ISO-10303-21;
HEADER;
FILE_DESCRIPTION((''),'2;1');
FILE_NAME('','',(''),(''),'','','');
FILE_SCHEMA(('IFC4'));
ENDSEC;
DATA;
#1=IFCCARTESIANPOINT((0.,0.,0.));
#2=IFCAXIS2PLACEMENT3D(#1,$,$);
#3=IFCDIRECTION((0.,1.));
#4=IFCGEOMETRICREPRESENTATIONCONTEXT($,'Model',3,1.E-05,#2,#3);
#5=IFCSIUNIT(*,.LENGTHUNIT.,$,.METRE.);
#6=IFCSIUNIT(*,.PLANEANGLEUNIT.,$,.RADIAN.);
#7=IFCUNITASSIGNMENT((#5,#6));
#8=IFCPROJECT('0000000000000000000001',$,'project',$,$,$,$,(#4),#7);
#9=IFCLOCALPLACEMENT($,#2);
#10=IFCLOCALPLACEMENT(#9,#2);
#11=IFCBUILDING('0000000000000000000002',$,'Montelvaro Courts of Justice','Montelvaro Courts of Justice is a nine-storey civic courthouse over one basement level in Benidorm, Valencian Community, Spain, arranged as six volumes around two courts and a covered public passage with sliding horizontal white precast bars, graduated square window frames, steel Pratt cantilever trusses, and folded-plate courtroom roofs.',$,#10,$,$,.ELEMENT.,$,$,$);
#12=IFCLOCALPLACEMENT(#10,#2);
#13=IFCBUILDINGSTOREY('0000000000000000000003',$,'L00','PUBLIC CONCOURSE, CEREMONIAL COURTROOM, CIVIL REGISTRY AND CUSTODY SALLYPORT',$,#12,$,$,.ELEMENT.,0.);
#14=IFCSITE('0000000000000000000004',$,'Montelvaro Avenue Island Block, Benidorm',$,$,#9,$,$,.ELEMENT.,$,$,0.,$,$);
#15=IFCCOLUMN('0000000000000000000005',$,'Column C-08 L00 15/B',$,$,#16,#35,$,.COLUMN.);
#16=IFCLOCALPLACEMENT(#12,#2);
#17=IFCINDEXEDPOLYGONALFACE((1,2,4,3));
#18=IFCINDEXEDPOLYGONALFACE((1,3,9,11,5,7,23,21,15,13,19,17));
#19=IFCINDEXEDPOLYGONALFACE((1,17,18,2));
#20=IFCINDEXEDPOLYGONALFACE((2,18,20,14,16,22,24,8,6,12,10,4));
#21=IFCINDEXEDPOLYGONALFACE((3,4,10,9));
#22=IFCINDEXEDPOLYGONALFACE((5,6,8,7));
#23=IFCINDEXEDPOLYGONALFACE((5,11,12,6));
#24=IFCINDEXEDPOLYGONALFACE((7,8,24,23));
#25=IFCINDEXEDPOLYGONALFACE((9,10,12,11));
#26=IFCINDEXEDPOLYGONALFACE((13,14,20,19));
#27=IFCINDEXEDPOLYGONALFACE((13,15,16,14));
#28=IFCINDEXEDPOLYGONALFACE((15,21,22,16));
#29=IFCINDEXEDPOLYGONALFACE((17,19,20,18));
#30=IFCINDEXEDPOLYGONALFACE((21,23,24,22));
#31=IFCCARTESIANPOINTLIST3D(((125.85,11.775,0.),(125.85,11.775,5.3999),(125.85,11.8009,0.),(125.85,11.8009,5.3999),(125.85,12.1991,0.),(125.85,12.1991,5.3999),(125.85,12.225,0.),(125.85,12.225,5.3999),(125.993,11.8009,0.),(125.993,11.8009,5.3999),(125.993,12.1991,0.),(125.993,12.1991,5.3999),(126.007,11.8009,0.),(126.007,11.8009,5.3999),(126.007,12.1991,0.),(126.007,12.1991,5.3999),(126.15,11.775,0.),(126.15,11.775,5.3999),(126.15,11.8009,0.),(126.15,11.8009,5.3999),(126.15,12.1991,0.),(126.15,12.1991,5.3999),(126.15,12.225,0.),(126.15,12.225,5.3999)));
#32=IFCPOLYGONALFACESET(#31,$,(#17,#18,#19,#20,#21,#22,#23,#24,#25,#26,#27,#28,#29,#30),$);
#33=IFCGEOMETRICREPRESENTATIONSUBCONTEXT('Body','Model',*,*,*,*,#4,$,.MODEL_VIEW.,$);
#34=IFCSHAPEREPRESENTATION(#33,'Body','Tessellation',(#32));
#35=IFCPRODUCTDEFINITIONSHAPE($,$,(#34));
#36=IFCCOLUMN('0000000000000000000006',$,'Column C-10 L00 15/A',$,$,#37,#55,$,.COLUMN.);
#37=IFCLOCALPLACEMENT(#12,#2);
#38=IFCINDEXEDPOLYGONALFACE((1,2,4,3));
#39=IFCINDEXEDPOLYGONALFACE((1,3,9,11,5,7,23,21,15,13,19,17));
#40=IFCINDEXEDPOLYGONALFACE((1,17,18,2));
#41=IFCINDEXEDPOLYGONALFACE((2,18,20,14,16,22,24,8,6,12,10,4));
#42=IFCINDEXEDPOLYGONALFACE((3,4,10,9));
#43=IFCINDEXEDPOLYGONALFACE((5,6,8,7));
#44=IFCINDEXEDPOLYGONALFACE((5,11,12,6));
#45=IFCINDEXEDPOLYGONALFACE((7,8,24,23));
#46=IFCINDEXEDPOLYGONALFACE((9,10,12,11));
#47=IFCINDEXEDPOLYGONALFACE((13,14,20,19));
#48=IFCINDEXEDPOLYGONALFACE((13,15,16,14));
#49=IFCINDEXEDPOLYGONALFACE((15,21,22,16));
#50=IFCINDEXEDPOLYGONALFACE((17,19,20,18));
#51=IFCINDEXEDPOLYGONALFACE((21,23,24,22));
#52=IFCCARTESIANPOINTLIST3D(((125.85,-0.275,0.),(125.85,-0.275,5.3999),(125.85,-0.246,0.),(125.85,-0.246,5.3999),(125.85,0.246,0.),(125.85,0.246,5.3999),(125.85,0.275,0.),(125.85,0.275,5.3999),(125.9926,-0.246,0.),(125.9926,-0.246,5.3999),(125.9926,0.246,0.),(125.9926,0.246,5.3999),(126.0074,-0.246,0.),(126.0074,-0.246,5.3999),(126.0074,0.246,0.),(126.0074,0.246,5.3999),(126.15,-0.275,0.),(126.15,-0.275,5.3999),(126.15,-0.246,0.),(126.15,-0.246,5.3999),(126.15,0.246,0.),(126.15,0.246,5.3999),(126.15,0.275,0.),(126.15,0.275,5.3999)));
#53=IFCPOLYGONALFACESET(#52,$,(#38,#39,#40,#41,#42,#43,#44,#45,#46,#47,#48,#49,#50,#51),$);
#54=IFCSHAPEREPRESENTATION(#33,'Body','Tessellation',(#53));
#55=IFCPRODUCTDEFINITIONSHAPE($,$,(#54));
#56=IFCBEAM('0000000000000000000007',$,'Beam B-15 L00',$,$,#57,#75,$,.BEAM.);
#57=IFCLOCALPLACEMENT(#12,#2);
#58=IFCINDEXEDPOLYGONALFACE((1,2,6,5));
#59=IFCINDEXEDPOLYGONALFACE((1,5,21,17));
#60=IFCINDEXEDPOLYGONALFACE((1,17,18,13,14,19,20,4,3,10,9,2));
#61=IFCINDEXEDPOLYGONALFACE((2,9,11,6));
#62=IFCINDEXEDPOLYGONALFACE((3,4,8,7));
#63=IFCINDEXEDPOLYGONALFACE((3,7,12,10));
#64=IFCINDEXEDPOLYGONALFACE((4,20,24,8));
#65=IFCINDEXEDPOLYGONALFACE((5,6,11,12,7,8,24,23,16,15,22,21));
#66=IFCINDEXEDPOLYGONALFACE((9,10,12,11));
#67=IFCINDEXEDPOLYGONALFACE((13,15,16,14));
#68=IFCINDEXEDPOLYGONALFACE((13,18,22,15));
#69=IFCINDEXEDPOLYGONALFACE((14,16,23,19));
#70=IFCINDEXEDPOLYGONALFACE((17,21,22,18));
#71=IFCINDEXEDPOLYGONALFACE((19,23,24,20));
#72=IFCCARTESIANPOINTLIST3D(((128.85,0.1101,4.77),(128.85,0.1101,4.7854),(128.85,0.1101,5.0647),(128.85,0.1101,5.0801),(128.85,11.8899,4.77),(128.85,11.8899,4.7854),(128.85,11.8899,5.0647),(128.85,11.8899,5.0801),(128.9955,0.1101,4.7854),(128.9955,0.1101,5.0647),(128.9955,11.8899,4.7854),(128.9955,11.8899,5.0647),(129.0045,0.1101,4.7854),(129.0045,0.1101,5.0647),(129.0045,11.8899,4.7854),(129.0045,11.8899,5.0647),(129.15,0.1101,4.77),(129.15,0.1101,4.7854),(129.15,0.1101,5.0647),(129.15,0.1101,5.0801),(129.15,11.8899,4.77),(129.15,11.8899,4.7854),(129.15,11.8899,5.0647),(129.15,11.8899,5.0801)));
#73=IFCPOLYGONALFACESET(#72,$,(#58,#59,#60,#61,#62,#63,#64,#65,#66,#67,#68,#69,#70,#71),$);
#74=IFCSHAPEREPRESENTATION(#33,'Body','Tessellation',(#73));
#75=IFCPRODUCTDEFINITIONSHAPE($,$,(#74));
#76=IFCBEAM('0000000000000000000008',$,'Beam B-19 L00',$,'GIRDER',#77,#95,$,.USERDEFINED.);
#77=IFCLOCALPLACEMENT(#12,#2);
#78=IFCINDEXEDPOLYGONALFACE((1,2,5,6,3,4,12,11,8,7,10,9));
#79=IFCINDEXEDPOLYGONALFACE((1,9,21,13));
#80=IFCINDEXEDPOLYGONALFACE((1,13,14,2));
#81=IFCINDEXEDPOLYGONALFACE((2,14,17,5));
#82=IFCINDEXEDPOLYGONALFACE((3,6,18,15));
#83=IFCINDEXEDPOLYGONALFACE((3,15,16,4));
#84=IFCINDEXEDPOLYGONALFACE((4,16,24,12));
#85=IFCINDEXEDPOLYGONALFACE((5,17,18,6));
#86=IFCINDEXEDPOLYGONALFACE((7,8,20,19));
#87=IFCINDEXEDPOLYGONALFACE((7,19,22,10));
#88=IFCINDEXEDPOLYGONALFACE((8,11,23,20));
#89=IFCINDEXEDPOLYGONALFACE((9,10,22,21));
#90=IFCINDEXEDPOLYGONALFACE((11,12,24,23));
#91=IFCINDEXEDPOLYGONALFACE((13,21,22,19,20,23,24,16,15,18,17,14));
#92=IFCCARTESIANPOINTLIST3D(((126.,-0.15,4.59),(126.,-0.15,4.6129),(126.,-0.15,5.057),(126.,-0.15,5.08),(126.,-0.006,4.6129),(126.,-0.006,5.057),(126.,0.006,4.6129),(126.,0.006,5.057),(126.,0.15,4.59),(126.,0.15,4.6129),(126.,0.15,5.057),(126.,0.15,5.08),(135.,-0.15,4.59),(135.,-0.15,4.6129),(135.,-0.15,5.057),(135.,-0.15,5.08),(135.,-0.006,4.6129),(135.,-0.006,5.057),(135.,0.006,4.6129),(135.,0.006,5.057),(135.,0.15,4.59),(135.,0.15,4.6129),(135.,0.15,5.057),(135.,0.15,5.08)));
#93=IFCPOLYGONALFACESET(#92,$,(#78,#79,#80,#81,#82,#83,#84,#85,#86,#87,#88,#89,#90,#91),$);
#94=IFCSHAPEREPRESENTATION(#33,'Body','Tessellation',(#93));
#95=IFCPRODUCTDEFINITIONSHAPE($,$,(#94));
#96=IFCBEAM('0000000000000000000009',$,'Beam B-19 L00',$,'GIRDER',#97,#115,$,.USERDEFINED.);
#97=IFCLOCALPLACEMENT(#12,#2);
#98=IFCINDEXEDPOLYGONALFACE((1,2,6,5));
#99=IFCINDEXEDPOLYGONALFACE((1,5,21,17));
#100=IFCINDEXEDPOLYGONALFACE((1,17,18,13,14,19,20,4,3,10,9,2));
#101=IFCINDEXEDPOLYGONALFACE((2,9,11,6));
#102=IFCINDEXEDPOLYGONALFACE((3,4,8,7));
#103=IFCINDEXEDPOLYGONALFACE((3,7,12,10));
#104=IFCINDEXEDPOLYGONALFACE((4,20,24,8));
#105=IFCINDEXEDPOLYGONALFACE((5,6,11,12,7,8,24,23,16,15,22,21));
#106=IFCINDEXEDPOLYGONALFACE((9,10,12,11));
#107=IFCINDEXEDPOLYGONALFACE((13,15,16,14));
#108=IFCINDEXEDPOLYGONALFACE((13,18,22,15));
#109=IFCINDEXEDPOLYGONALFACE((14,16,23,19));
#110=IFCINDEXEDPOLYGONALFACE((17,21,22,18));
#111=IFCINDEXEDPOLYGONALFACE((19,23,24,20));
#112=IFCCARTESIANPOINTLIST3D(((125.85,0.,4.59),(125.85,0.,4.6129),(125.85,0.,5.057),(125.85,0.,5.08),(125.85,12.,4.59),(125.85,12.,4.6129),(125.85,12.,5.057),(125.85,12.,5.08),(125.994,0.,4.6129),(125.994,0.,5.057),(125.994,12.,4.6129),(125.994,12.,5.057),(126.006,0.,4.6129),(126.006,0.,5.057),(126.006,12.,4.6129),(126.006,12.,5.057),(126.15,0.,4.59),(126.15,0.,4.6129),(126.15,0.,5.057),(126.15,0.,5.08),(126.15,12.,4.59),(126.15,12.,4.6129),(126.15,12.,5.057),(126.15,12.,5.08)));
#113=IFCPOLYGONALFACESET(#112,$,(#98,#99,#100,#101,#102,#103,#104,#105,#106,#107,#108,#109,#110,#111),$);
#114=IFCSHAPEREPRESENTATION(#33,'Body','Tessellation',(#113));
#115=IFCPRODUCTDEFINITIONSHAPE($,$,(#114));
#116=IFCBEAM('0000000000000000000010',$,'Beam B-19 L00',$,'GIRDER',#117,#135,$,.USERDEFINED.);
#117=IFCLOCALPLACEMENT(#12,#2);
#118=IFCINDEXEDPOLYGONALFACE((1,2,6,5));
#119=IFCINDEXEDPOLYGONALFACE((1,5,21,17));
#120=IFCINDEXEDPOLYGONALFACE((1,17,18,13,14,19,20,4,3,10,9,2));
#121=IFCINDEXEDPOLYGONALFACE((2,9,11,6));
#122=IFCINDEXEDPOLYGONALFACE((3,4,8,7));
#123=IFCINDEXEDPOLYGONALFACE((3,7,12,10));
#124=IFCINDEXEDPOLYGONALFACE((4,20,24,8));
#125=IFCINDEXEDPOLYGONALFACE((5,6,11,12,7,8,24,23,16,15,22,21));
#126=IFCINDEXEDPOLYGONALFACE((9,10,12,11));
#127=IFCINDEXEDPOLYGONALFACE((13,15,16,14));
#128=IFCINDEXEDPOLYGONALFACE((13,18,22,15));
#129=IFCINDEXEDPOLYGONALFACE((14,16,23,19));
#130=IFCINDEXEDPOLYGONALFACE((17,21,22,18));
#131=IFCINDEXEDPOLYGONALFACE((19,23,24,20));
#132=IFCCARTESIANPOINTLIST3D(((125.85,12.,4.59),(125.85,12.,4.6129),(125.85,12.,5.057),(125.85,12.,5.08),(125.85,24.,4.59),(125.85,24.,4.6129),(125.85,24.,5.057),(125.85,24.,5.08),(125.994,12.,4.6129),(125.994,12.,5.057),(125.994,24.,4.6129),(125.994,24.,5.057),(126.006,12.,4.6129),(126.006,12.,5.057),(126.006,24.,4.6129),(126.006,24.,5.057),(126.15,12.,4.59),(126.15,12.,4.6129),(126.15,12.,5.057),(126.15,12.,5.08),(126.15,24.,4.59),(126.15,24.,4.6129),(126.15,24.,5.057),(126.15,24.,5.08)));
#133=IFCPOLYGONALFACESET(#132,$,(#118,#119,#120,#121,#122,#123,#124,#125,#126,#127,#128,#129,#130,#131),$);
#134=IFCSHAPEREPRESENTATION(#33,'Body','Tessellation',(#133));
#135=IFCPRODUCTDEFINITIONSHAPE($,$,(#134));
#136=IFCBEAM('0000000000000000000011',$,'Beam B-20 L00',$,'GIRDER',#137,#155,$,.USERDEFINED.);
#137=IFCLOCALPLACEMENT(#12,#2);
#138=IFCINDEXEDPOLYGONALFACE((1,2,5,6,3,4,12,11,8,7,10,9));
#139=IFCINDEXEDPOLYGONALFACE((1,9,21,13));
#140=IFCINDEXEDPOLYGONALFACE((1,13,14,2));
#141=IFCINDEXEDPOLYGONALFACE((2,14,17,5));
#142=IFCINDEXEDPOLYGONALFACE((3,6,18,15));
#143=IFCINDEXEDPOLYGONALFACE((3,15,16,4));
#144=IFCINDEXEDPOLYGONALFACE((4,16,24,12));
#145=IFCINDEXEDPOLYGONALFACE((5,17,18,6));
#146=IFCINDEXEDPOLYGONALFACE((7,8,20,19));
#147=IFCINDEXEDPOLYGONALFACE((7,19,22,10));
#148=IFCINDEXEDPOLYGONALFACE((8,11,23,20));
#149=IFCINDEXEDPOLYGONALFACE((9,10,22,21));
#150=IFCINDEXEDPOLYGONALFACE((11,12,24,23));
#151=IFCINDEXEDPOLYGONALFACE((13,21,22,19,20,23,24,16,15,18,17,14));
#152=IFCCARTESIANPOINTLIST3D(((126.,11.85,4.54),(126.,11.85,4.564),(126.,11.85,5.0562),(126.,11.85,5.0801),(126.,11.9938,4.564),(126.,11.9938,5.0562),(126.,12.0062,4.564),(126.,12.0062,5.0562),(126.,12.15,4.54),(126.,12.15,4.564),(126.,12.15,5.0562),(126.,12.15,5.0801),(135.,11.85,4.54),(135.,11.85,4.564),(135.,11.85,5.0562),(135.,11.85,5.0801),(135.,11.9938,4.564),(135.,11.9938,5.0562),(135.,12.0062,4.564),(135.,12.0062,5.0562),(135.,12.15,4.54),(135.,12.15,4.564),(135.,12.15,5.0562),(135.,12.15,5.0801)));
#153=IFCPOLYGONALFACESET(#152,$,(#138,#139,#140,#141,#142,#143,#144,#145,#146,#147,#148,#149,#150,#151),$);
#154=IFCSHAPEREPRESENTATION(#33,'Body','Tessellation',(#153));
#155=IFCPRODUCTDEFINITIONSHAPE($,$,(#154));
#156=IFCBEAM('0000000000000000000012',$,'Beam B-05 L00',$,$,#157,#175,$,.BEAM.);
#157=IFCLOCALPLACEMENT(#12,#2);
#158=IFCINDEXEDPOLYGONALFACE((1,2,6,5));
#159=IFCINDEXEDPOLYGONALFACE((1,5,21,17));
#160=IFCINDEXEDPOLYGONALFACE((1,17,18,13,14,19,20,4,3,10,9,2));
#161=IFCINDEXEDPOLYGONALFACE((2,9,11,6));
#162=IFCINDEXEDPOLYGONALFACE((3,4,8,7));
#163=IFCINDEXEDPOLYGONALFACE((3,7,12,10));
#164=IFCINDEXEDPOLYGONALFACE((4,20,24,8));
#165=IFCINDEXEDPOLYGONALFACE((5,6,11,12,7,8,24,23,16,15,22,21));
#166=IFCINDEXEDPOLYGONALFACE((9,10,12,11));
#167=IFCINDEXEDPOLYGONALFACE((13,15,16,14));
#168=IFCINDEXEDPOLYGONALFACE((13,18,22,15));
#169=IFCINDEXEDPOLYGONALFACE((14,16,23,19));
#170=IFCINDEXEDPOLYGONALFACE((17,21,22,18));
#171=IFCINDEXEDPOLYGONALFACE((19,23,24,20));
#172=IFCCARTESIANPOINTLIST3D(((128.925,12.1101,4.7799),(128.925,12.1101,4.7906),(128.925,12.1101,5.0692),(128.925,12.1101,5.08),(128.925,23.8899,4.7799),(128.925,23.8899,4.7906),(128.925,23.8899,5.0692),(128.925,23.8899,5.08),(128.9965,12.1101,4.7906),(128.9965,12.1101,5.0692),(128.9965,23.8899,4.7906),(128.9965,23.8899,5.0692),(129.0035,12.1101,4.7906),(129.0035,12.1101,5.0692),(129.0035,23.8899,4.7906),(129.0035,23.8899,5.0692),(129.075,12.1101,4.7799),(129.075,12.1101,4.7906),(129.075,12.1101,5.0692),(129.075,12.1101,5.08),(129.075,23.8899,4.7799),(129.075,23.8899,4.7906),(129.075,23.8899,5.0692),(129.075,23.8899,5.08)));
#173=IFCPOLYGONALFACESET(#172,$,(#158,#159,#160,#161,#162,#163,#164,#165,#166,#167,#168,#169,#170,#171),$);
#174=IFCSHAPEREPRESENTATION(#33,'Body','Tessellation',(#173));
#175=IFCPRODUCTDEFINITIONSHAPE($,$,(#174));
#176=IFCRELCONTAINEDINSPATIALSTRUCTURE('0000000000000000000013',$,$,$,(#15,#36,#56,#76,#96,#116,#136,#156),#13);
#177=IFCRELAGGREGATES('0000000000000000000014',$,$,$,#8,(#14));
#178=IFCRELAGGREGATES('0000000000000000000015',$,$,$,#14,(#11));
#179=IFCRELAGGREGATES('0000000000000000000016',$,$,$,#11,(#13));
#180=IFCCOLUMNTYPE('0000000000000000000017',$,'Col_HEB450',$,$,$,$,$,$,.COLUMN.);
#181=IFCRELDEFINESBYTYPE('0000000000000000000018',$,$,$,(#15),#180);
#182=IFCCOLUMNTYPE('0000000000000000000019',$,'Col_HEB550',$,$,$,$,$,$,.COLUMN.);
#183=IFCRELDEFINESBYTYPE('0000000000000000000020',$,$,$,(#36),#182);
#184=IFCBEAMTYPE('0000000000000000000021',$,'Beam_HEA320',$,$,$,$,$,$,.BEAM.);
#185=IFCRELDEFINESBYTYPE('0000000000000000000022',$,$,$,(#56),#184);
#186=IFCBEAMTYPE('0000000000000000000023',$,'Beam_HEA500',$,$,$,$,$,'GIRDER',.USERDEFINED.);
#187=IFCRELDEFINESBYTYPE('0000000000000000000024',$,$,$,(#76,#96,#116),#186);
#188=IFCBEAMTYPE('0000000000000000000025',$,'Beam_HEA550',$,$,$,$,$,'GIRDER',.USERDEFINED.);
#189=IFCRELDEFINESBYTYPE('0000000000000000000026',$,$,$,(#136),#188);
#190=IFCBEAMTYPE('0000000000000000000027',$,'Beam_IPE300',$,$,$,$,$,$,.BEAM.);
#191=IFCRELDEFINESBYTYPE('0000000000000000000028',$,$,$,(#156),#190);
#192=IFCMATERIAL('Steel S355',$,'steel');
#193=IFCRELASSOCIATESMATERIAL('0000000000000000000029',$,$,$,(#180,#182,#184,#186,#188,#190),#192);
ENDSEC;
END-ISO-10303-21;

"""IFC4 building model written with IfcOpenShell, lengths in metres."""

from ifc_helpers import new_model, si_unit, direction, frame, origin, origin_2d, place, context, subcontext, project, spatial, i_section, extrude, material, material_profile, profile_set, type_object, element, save


model = new_model("IFC4")

# Units and contexts
model_context = context("Model", 3, precision=1e-05, world=origin(), true_north=direction((0.0, 1.0)))
body_context = subcontext(model_context, "Body", "Model", "MODEL_VIEW")
ifc_project = project(units=[si_unit("LENGTHUNIT", "METRE"), si_unit("PLANEANGLEUNIT", "RADIAN")], contexts=[model_context])

# Site, building, storey
site_placement = place(None, origin())
site = spatial("IfcSite", under=ifc_project, at=site_placement, Name="Montelvaro Avenue Island Block, Benidorm", CompositionType="ELEMENT", RefElevation=0.0)
building_placement = place(site_placement, origin())
building = spatial("IfcBuilding", under=site, at=building_placement, Name="Montelvaro Courts of Justice", Description="Montelvaro Courts of Justice is a nine-storey civic courthouse over one basement level in Benidorm, Valencian Community, Spain, arranged as six volumes around two courts and a covered public passage with sliding horizontal white precast bars, graduated square window frames, steel Pratt cantilever trusses, and folded-plate courtroom roofs.", CompositionType="ELEMENT")
storey_placement = place(building_placement, origin())
storey = spatial("IfcBuildingStorey", under=building, at=storey_placement, Name="L00", Description="PUBLIC CONCOURSE, CEREMONIAL COURTROOM, CIVIL REGISTRY AND CUSTODY SALLYPORT", CompositionType="ELEMENT", Elevation=0.0)

# Columns
ifc_material_1 = material(Name="Steel S355", Category="steel")
ifc_material_profile_1 = material_profile(ifc_material_1, i_section(OverallWidth=0.3, OverallDepth=0.45, WebThickness=0.0139, FlangeThickness=0.0259, at=origin_2d()), Name="HEB 450")
ifc_profile_set_1 = profile_set([ifc_material_profile_1], Name="Steel S355")
column_type_1 = type_object("IfcColumnType", Name="Col_HEB450", PredefinedType="COLUMN", material=ifc_profile_set_1)
column_1_placement = place(storey_placement, frame((126.0, 12.0, 0.0), z_axis=(0.0, 0.0, 1.0), x_axis=(1.0, 0.0, 0.0)))
element("IfcColumn", 1, at=column_1_placement, inside=storey, type_object=column_type_1, Name="Column C-08 L00 15/B", PredefinedType="COLUMN", context=body_context, shape_type="SweptSolid", body=[
    extrude(i_section(OverallWidth=0.3, OverallDepth=0.45, WebThickness=0.0139, FlangeThickness=0.0259, at=origin_2d()), origin(), (0.0, 0.0, 1.0), 5.3999),
])
ifc_material_profile_2 = material_profile(ifc_material_1, i_section(OverallWidth=0.3, OverallDepth=0.55, WebThickness=0.0149, FlangeThickness=0.0291, at=origin_2d()), Name="HEB 550")
ifc_profile_set_2 = profile_set([ifc_material_profile_2], Name="Steel S355")
column_type_2 = type_object("IfcColumnType", Name="Col_HEB550", PredefinedType="COLUMN", material=ifc_profile_set_2)
column_2_placement = place(storey_placement, frame((126.0, 0.0, 0.0), z_axis=(0.0, 0.0, 1.0), x_axis=(1.0, 0.0, 0.0)))
element("IfcColumn", 2, at=column_2_placement, inside=storey, type_object=column_type_2, Name="Column C-10 L00 15/A", PredefinedType="COLUMN", context=body_context, shape_type="SweptSolid", body=[
    extrude(i_section(OverallWidth=0.3, OverallDepth=0.55, WebThickness=0.0149, FlangeThickness=0.0291, at=origin_2d()), origin(), (0.0, 0.0, 1.0), 5.3999),
])

# Beams
ifc_material_profile_3 = material_profile(ifc_material_1, i_section(OverallWidth=0.3, OverallDepth=0.3101, WebThickness=0.009, FlangeThickness=0.0154, at=origin_2d()), Name="HEA 320")
ifc_profile_set_3 = profile_set([ifc_material_profile_3], Name="Steel S355")
beam_type_1 = type_object("IfcBeamType", Name="Beam_HEA320", PredefinedType="BEAM", material=ifc_profile_set_3)
beam_1_placement = place(storey_placement, frame((129.0, 0.1101, 4.925), z_axis=(0.0, 1.0, 0.0), x_axis=(-1.0, 0.0, 0.0)))
element("IfcBeam", 3, at=beam_1_placement, inside=storey, type_object=beam_type_1, Name="Beam B-15 L00", PredefinedType="BEAM", context=body_context, shape_type="SweptSolid", body=[
    extrude(i_section(OverallWidth=0.3, OverallDepth=0.3101, WebThickness=0.009, FlangeThickness=0.0154, at=origin_2d()), origin(), (0.0, 0.0, 1.0), 11.7798),
])
ifc_material_profile_4 = material_profile(ifc_material_1, i_section(OverallWidth=0.3, OverallDepth=0.49, WebThickness=0.012, FlangeThickness=0.0229, at=origin_2d()), Name="HEA 500")
ifc_profile_set_4 = profile_set([ifc_material_profile_4], Name="Steel S355")
beam_type_2 = type_object("IfcBeamType", Name="Beam_HEA500", ElementType="GIRDER", PredefinedType="USERDEFINED", material=ifc_profile_set_4)
beam_2_placement = place(storey_placement, frame((126.0, 0.0, 4.835), z_axis=(1.0, 0.0, 0.0), x_axis=(0.0, 1.0, 0.0)))
element("IfcBeam", 4, at=beam_2_placement, inside=storey, type_object=beam_type_2, Name="Beam B-19 L00", ObjectType="GIRDER", PredefinedType="USERDEFINED", context=body_context, shape_type="SweptSolid", body=[
    extrude(i_section(OverallWidth=0.3, OverallDepth=0.49, WebThickness=0.012, FlangeThickness=0.0229, at=origin_2d()), origin(), (0.0, 0.0, 1.0), 9.0),
])
for number, where, z_axis, x_axis, name in (
    (5, (126.0, 0.0, 4.835), (0.0, 1.0, 0.0), (-1.0, 0.0, 0.0), "Beam B-19 L00"),
    (6, (126.0, 12.0, 4.835), (0.0, 1.0, 0.0), (-1.0, 0.0, 0.0), "Beam B-19 L00"),
):
    element("IfcBeam", number, at=place(storey_placement, frame(where, z_axis=z_axis, x_axis=x_axis)), inside=storey, type_object=beam_type_2, Name=name, ObjectType="GIRDER", PredefinedType="USERDEFINED", context=body_context, shape_type="SweptSolid", body=[
        extrude(i_section(OverallWidth=0.3, OverallDepth=0.49, WebThickness=0.012, FlangeThickness=0.0229, at=origin_2d()), origin(), (0.0, 0.0, 1.0), 12.0),
    ])
ifc_material_profile_5 = material_profile(ifc_material_1, i_section(OverallWidth=0.3, OverallDepth=0.54, WebThickness=0.0125, FlangeThickness=0.0239, at=origin_2d()), Name="HEA 550")
ifc_profile_set_5 = profile_set([ifc_material_profile_5], Name="Steel S355")
beam_type_3 = type_object("IfcBeamType", Name="Beam_HEA550", ElementType="GIRDER", PredefinedType="USERDEFINED", material=ifc_profile_set_5)
beam_3_placement = place(storey_placement, frame((126.0, 12.0, 4.8101), z_axis=(1.0, 0.0, 0.0), x_axis=(0.0, 1.0, 0.0)))
element("IfcBeam", 7, at=beam_3_placement, inside=storey, type_object=beam_type_3, Name="Beam B-20 L00", ObjectType="GIRDER", PredefinedType="USERDEFINED", context=body_context, shape_type="SweptSolid", body=[
    extrude(i_section(OverallWidth=0.3, OverallDepth=0.54, WebThickness=0.0125, FlangeThickness=0.0239, at=origin_2d()), origin(), (0.0, 0.0, 1.0), 9.0),
])
ifc_material_profile_6 = material_profile(ifc_material_1, i_section(OverallWidth=0.1499, OverallDepth=0.3, WebThickness=0.0071, FlangeThickness=0.0107, at=origin_2d()), Name="IPE 300")
ifc_profile_set_6 = profile_set([ifc_material_profile_6], Name="Steel S355")
beam_type_4 = type_object("IfcBeamType", Name="Beam_IPE300", PredefinedType="BEAM", material=ifc_profile_set_6)
beam_4_placement = place(storey_placement, frame((129.0, 12.1101, 4.9299), z_axis=(0.0, 1.0, 0.0), x_axis=(-1.0, 0.0, 0.0)))
element("IfcBeam", 8, at=beam_4_placement, inside=storey, type_object=beam_type_4, Name="Beam B-05 L00", PredefinedType="BEAM", context=body_context, shape_type="SweptSolid", body=[
    extrude(i_section(OverallWidth=0.1499, OverallDepth=0.3, WebThickness=0.0071, FlangeThickness=0.0107, at=origin_2d()), origin(), (0.0, 0.0, 1.0), 11.7798),
])

save(model, "model.ifc")
